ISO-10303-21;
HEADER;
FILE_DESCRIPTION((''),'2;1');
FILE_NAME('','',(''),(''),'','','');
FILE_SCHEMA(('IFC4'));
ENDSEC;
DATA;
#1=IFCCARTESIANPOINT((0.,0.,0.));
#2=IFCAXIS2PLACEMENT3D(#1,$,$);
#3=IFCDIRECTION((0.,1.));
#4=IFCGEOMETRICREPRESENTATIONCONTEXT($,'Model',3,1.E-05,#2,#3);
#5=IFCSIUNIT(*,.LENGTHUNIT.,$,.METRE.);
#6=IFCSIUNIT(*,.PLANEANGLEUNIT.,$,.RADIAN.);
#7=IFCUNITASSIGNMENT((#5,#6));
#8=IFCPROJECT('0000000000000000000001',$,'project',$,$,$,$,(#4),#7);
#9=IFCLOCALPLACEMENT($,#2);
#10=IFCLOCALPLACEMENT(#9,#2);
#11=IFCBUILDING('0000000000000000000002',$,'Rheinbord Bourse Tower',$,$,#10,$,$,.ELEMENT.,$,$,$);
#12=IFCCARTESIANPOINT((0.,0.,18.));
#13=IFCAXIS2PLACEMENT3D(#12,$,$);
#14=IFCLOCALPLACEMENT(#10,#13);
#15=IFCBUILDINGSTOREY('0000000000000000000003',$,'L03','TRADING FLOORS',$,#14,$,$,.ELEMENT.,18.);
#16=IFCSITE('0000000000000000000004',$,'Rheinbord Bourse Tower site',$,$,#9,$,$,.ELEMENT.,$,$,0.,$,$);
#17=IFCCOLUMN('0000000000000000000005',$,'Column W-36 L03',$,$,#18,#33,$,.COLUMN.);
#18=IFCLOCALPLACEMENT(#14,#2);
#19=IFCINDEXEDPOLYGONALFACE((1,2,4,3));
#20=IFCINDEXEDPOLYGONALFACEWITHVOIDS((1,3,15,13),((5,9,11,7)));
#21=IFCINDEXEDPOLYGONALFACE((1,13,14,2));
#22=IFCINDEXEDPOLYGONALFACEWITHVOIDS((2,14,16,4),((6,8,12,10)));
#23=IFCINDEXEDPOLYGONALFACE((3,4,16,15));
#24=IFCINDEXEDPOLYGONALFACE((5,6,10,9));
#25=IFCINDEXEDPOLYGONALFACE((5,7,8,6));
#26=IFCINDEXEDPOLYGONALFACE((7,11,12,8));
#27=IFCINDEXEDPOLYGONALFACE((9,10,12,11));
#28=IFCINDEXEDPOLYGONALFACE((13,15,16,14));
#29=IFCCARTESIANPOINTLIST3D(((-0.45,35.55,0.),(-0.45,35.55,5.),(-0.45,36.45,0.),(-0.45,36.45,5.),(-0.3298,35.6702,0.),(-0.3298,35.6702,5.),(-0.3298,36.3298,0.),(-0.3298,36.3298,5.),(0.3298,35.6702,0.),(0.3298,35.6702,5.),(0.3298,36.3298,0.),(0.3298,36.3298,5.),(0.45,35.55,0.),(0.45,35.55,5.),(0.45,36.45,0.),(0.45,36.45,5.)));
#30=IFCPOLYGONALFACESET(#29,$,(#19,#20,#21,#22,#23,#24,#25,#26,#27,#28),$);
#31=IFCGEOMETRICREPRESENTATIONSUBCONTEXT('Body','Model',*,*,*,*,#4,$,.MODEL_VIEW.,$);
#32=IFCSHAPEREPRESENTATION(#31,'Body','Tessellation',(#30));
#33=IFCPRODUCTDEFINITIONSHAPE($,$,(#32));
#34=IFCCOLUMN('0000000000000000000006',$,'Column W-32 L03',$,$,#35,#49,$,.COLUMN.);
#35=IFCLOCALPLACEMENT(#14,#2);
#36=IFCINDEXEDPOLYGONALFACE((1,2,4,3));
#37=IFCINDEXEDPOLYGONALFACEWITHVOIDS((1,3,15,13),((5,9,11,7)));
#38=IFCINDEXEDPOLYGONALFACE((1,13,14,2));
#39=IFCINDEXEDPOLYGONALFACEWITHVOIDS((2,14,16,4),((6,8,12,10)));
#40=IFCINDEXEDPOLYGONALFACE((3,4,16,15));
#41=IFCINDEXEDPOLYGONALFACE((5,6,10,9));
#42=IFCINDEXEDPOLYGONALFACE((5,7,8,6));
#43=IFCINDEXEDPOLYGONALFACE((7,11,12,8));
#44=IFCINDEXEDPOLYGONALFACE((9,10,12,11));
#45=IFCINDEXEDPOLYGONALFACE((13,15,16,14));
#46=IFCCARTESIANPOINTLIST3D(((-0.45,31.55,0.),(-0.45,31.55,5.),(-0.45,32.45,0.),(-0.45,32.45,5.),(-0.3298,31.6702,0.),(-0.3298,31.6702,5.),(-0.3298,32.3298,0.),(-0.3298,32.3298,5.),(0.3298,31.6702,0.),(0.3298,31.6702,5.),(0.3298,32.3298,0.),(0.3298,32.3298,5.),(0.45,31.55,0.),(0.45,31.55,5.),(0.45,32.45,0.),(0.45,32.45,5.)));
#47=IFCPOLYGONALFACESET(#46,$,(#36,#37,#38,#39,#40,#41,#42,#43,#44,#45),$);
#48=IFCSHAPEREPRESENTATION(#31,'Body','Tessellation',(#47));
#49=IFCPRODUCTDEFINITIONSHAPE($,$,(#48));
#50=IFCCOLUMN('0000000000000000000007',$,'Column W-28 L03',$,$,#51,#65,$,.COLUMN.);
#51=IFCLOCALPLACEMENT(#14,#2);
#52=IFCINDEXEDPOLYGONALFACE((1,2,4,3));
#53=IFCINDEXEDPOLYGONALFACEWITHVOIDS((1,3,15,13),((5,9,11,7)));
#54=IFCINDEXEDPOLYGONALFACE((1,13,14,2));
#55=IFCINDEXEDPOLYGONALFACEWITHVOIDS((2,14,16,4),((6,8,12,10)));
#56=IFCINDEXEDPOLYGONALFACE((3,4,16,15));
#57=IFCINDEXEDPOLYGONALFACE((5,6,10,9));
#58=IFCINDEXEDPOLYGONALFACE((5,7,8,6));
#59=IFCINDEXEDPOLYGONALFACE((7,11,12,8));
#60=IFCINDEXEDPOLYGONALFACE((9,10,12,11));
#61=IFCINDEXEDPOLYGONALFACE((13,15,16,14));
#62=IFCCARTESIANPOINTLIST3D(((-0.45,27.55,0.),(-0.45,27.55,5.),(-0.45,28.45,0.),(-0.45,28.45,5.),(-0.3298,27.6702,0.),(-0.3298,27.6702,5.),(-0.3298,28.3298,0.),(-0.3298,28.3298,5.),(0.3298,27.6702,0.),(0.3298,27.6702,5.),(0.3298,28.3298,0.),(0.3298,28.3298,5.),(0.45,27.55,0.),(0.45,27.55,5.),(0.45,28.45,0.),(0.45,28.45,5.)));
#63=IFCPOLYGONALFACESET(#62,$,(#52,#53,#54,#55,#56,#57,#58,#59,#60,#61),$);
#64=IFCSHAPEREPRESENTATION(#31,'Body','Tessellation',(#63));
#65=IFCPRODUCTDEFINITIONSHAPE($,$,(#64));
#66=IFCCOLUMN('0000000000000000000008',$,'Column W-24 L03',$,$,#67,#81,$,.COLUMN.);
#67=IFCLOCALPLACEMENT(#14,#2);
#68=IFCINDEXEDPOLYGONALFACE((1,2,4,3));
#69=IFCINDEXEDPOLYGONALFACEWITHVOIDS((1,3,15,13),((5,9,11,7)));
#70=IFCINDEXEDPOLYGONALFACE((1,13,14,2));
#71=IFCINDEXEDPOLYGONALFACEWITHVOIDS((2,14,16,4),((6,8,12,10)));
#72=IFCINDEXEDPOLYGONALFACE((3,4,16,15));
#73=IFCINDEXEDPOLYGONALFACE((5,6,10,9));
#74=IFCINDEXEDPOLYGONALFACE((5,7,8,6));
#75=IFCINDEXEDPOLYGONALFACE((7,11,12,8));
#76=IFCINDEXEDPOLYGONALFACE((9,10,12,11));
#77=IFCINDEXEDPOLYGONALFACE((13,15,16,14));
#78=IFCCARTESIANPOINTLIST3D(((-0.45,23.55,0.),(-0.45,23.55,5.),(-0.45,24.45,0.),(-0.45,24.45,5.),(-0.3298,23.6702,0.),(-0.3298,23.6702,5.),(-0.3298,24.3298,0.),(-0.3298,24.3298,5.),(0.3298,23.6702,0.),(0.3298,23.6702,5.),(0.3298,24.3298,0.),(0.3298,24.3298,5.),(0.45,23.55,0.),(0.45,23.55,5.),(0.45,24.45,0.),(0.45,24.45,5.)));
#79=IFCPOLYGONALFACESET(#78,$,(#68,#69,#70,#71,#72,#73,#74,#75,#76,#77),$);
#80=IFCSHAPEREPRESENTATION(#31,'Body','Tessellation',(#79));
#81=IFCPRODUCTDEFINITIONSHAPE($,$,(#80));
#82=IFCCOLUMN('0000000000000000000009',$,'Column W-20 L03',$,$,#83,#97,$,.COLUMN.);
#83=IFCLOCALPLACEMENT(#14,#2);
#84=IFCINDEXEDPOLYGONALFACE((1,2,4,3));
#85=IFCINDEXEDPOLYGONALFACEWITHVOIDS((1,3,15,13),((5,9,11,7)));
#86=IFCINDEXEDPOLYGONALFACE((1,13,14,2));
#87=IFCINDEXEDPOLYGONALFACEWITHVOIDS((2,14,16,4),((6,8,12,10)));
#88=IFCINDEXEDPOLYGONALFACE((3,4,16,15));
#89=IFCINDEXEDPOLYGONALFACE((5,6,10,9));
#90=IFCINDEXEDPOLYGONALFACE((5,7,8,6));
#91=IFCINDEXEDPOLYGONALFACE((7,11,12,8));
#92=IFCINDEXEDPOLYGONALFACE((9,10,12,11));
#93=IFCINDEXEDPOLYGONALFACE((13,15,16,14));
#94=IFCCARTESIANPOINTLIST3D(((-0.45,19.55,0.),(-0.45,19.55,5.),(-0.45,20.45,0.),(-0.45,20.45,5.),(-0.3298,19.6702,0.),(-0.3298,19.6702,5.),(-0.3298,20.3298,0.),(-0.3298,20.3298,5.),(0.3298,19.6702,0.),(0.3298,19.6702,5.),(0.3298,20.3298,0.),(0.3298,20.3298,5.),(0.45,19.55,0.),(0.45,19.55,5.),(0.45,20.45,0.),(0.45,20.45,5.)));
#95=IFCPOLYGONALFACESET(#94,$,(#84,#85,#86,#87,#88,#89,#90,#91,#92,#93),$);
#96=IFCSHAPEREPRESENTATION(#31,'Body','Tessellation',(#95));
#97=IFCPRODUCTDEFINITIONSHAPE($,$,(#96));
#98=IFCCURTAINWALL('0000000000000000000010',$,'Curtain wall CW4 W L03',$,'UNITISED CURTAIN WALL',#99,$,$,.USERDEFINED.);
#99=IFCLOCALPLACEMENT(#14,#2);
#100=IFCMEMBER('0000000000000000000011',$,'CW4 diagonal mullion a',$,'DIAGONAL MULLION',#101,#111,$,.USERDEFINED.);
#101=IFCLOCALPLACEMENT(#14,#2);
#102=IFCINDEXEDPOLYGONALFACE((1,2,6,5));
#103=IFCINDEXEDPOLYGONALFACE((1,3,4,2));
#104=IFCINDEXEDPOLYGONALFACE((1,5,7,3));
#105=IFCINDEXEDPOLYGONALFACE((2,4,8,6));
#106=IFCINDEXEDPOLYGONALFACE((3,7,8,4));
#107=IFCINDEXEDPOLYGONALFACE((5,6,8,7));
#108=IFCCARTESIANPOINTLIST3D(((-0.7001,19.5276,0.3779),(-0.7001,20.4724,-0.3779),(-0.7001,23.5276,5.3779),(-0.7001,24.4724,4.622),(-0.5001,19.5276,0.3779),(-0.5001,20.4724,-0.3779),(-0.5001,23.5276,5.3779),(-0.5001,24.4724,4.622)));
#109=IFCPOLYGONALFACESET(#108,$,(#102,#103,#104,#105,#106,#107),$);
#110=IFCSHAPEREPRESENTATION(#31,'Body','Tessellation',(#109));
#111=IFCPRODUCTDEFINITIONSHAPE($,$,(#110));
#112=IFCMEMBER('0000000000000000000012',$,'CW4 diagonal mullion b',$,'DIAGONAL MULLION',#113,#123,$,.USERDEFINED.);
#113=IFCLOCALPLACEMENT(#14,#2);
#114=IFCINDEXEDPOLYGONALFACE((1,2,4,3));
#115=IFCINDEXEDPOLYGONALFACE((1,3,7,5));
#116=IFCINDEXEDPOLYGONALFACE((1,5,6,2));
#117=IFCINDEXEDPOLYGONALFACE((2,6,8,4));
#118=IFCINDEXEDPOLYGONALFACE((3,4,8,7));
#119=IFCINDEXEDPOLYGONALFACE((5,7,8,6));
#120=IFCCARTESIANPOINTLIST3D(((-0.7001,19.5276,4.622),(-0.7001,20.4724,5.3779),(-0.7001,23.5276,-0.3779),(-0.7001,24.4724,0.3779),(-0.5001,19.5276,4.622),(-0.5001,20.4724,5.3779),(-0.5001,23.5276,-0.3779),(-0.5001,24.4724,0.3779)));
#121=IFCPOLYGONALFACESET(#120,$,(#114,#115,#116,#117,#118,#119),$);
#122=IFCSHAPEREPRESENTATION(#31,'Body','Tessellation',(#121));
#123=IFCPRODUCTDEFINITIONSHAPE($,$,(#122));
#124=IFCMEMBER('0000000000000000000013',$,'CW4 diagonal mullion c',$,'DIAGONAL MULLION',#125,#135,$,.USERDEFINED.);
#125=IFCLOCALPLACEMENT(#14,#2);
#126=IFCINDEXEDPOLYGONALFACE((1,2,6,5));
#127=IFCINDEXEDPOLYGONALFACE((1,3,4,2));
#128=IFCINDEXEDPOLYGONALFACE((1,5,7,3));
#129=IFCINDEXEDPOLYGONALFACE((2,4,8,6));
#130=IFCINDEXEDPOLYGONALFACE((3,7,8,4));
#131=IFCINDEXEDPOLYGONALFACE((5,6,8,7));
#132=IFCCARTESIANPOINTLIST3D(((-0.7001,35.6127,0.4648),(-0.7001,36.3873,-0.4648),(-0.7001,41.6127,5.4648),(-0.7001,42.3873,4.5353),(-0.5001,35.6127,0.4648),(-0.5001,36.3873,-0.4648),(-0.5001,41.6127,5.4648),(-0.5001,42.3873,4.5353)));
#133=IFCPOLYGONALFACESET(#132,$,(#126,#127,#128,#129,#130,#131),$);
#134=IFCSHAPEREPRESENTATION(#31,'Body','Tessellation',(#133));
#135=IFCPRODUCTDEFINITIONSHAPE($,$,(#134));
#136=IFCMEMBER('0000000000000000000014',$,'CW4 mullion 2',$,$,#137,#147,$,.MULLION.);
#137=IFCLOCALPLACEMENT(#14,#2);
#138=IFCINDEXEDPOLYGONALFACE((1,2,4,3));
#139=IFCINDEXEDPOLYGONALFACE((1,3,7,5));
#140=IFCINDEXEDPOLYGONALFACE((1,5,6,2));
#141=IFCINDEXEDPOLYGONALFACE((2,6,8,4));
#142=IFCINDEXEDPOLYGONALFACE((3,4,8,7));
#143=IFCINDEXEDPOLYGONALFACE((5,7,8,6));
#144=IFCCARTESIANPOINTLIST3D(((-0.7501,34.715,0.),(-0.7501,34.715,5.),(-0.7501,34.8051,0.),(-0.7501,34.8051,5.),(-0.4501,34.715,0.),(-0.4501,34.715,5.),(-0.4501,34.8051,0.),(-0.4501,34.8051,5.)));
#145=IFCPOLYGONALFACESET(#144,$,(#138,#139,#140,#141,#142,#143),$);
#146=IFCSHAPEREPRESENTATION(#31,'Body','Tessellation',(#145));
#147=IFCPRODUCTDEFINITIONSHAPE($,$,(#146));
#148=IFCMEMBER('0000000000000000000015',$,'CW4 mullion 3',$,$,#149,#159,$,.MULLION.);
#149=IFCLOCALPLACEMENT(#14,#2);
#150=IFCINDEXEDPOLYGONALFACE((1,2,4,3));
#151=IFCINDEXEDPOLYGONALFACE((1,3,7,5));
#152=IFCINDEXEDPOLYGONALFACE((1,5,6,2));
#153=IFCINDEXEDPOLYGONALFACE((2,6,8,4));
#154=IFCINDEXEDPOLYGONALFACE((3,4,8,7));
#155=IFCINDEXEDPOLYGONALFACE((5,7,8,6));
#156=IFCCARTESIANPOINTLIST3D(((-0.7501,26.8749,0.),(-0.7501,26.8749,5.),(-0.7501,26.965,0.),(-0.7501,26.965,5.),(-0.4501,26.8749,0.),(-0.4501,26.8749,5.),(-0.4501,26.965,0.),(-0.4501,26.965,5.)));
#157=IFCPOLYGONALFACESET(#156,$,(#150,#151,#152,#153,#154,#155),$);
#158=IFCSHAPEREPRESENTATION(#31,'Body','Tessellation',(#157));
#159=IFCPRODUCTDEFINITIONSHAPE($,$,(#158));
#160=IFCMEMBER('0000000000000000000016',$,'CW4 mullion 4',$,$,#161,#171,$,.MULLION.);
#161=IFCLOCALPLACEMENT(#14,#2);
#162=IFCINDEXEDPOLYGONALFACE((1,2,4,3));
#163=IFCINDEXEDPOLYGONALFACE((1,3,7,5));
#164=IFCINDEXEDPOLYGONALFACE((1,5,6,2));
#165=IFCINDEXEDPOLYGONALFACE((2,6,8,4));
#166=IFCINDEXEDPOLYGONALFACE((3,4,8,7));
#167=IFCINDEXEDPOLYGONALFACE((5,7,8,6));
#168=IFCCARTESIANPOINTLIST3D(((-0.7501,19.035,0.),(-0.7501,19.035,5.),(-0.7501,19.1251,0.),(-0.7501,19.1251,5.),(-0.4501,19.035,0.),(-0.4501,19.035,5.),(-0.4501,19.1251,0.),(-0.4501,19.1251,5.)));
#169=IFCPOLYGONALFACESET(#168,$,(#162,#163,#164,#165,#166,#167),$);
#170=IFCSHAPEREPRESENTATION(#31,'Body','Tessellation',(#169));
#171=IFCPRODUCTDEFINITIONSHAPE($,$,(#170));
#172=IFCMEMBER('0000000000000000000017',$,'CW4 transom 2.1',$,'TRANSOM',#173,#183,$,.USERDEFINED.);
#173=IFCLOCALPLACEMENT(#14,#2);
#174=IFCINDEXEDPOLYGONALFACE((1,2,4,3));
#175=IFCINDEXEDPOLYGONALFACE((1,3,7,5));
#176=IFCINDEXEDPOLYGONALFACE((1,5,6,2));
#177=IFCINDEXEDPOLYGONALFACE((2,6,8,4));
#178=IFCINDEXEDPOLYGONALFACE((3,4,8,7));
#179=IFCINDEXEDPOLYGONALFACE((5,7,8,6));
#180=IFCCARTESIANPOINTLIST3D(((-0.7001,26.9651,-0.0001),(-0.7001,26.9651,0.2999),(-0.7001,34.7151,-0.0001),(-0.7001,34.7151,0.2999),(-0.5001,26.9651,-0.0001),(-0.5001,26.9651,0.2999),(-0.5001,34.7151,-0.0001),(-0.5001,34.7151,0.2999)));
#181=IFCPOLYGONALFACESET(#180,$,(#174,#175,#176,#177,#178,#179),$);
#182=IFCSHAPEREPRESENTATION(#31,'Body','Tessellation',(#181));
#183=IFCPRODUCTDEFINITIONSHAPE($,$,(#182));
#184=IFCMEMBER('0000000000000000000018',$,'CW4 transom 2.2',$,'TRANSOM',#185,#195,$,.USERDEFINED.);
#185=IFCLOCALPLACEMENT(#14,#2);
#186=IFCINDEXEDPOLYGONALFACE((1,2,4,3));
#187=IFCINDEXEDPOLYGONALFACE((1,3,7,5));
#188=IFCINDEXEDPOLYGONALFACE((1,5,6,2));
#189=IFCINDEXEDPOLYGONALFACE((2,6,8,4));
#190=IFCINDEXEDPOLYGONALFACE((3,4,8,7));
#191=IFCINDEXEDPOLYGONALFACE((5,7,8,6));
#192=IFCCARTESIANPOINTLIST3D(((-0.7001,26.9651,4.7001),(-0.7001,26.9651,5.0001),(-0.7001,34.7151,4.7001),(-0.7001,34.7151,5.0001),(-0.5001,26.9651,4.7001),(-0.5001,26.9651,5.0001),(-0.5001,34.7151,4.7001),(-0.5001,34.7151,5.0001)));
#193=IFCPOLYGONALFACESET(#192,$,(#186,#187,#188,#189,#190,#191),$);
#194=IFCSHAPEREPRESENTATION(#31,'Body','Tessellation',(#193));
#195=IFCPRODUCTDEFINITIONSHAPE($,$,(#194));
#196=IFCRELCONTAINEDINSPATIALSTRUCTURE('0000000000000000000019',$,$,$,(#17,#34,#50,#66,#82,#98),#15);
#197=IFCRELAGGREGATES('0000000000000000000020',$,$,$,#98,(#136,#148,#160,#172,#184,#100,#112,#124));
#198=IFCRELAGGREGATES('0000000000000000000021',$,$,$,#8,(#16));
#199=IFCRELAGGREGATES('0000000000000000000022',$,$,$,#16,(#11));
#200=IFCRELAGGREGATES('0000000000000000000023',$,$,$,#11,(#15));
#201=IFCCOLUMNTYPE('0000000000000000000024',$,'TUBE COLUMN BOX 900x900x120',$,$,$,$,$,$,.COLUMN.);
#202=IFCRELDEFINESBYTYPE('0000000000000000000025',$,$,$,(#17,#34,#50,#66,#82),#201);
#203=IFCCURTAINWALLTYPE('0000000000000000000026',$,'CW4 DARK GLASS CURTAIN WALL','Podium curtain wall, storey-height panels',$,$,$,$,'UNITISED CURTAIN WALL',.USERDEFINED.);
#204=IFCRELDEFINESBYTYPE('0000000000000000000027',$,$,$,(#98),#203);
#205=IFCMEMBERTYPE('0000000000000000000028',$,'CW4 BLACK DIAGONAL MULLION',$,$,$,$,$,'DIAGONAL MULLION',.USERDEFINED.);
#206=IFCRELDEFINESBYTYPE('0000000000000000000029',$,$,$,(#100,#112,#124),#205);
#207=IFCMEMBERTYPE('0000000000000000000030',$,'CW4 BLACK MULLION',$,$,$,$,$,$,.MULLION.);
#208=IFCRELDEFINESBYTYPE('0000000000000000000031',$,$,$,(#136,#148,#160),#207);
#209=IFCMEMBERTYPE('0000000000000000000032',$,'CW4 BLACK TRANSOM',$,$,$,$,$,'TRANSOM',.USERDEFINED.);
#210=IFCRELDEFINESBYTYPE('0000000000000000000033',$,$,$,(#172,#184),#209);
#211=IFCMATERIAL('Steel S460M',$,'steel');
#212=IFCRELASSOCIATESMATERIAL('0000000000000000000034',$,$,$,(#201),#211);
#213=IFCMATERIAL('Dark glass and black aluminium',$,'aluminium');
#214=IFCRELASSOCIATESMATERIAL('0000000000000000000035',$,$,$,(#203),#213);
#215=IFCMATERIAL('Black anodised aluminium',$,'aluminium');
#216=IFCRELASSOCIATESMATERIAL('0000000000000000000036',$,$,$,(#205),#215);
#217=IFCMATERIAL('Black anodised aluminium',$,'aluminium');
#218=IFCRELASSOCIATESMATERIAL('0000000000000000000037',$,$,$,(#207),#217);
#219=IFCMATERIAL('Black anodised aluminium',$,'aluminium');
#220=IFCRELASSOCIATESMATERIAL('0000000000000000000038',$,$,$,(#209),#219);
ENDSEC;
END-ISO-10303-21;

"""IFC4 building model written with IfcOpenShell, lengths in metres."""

from ifc_helpers import new_model, si_unit, direction, frame, origin, origin_2d, place, context, subcontext, project, spatial, rectangle, hollow_rectangle, extrude, material, material_profile, profile_set, type_object, element, aggregate, save


model = new_model("IFC4")

# Units and contexts
model_context = context("Model", 3, precision=1e-05, world=origin(), true_north=direction((0.0, 1.0)))
body_context = subcontext(model_context, "Body", "Model", "MODEL_VIEW")
ifc_project = project(units=[si_unit("LENGTHUNIT", "METRE"), si_unit("PLANEANGLEUNIT", "RADIAN")], contexts=[model_context])

# Site, building, storey
site_placement = place(None, origin())
site = spatial("IfcSite", under=ifc_project, at=site_placement, Name="Rheinbord Bourse Tower site", CompositionType="ELEMENT", RefElevation=0.0)
building_placement = place(site_placement, origin())
building = spatial("IfcBuilding", under=site, at=building_placement, Name="Rheinbord Bourse Tower", CompositionType="ELEMENT")
storey_placement = place(building_placement, frame((0.0, 0.0, 18.0)))
storey = spatial("IfcBuildingStorey", under=building, at=storey_placement, Name="L03", Description="TRADING FLOORS", CompositionType="ELEMENT", Elevation=18.0)

# Columns
ifc_material_1 = material(Name="Steel S460M", Category="steel")
ifc_material_profile_1 = material_profile(ifc_material_1, hollow_rectangle(XDim=0.8999, YDim=0.8999, WallThickness=0.1201, at=origin_2d()), Name="BOX 900x900x120")
ifc_profile_set_1 = profile_set([ifc_material_profile_1], Name="Steel S460M")
column_type = type_object("IfcColumnType", Name="TUBE COLUMN BOX 900x900x120", PredefinedType="COLUMN", material=ifc_profile_set_1)
for number, where, z_axis, x_axis, name in (
    (1, (0.0, 36.0, 0.0), (0.0, 0.0, 1.0), (1.0, 0.0, 0.0), "Column W-36 L03"),
    (2, (0.0, 32.0, 0.0), (0.0, 0.0, 1.0), (1.0, 0.0, 0.0), "Column W-32 L03"),
    (3, (0.0, 28.0, 0.0), (0.0, 0.0, 1.0), (1.0, 0.0, 0.0), "Column W-28 L03"),
    (4, (0.0, 24.0, 0.0), (0.0, 0.0, 1.0), (1.0, 0.0, 0.0), "Column W-24 L03"),
    (5, (0.0, 20.0, 0.0), (0.0, 0.0, 1.0), (1.0, 0.0, 0.0), "Column W-20 L03"),
):
    element("IfcColumn", number, at=place(storey_placement, frame(where, z_axis=z_axis, x_axis=x_axis)), inside=storey, type_object=column_type, Name=name, PredefinedType="COLUMN", context=body_context, shape_type="SweptSolid", body=[
        extrude(hollow_rectangle(XDim=0.8999, YDim=0.8999, WallThickness=0.1201, at=origin_2d()), origin(), (0.0, 0.0, 1.0), 5.0),
    ])

# Curtain wall, members
ifc_material_2 = material(Name="Dark glass and black aluminium", Category="aluminium")
curtain_wall_type = type_object("IfcCurtainWallType", Name="CW4 DARK GLASS CURTAIN WALL", Description="Podium curtain wall, storey-height panels", ElementType="UNITISED CURTAIN WALL", PredefinedType="USERDEFINED", material=ifc_material_2)
curtain_wall_placement = place(storey_placement, origin())
curtain_wall = element("IfcCurtainWall", 6, at=curtain_wall_placement, inside=storey, type_object=curtain_wall_type, Name="Curtain wall CW4 W L03", ObjectType="UNITISED CURTAIN WALL", PredefinedType="USERDEFINED")
ifc_material_3 = material(Name="Black anodised aluminium", Category="aluminium")
ifc_material_profile_2 = material_profile(ifc_material_3, rectangle(XDim=0.2, YDim=1.21, at=origin_2d()), Name="CW4 DIAGONAL MULLION 1210x200")
ifc_profile_set_2 = profile_set([ifc_material_profile_2], Name="Black anodised aluminium")
member_type_1 = type_object("IfcMemberType", Name="CW4 BLACK DIAGONAL MULLION", ElementType="DIAGONAL MULLION", PredefinedType="USERDEFINED", material=ifc_profile_set_2)
member_1_placement = place(storey_placement, frame((-0.6001, 20.0, 0.0), z_axis=(0.0, 0.624695, 0.780869), x_axis=(-1.0, 0.0, 0.0)))
member_1 = element("IfcMember", 7, at=member_1_placement, type_object=member_type_1, Name="CW4 diagonal mullion a", ObjectType="DIAGONAL MULLION", PredefinedType="USERDEFINED", context=body_context, shape_type="SweptSolid", body=[
    extrude(rectangle(XDim=0.2, YDim=1.21, at=origin_2d()), origin(), (0.0, 0.0, 1.0), 6.4031),
])
member_2_placement = place(storey_placement, frame((-0.6001, 24.0, 0.0), z_axis=(0.0, -0.624695, 0.780869), x_axis=(1.0, 0.0, 0.0)))
member_2 = element("IfcMember", 8, at=member_2_placement, type_object=member_type_1, Name="CW4 diagonal mullion b", ObjectType="DIAGONAL MULLION", PredefinedType="USERDEFINED", context=body_context, shape_type="SweptSolid", body=[
    extrude(rectangle(XDim=0.2, YDim=1.21, at=origin_2d()), origin(), (0.0, 0.0, 1.0), 6.4031),
])
member_3_placement = place(storey_placement, frame((-0.6001, 36.0, 0.0), z_axis=(0.0, 0.768221, 0.640184), x_axis=(-1.0, 0.0, 0.0)))
member_3 = element("IfcMember", 9, at=member_3_placement, type_object=member_type_1, Name="CW4 diagonal mullion c", ObjectType="DIAGONAL MULLION", PredefinedType="USERDEFINED", context=body_context, shape_type="SweptSolid", body=[
    extrude(rectangle(XDim=0.2, YDim=1.21, at=origin_2d()), origin(), (0.0, 0.0, 1.0), 7.8103),
])
ifc_material_4 = material(Name="Black anodised aluminium", Category="aluminium")
ifc_material_profile_3 = material_profile(ifc_material_4, rectangle(XDim=0.3, YDim=0.0901, at=origin_2d()), Name="CW4 MULLION 90x300")
ifc_profile_set_3 = profile_set([ifc_material_profile_3], Name="Black anodised aluminium")
member_type_2 = type_object("IfcMemberType", Name="CW4 BLACK MULLION", PredefinedType="MULLION", material=ifc_profile_set_3)
member_4_placement = place(storey_placement, frame((-0.6001, 34.76, 0.0), z_axis=(0.0, 0.0, 1.0), x_axis=(1.0, 0.0, 0.0)))
member_4 = element("IfcMember", 10, at=member_4_placement, type_object=member_type_2, Name="CW4 mullion 2", PredefinedType="MULLION", context=body_context, shape_type="SweptSolid", body=[
    extrude(rectangle(XDim=0.3, YDim=0.0901, at=origin_2d()), origin(), (0.0, 0.0, 1.0), 5.0),
])
member_5_placement = place(storey_placement, frame((-0.6001, 26.9199, 0.0), z_axis=(0.0, 0.0, 1.0), x_axis=(1.0, 0.0, 0.0)))
member_5 = element("IfcMember", 11, at=member_5_placement, type_object=member_type_2, Name="CW4 mullion 3", PredefinedType="MULLION", context=body_context, shape_type="SweptSolid", body=[
    extrude(rectangle(XDim=0.3, YDim=0.0901, at=origin_2d()), origin(), (0.0, 0.0, 1.0), 5.0),
])
member_6_placement = place(storey_placement, frame((-0.6001, 19.0801, 0.0), z_axis=(0.0, 0.0, 1.0), x_axis=(1.0, 0.0, 0.0)))
member_6 = element("IfcMember", 12, at=member_6_placement, type_object=member_type_2, Name="CW4 mullion 4", PredefinedType="MULLION", context=body_context, shape_type="SweptSolid", body=[
    extrude(rectangle(XDim=0.3, YDim=0.0901, at=origin_2d()), origin(), (0.0, 0.0, 1.0), 5.0),
])
ifc_material_5 = material(Name="Black anodised aluminium", Category="aluminium")
ifc_material_profile_4 = material_profile(ifc_material_5, rectangle(XDim=0.2, YDim=0.3, at=origin_2d()), Name="CW4 TRANSOM 300x200")
ifc_profile_set_4 = profile_set([ifc_material_profile_4], Name="Black anodised aluminium")
member_type_3 = type_object("IfcMemberType", Name="CW4 BLACK TRANSOM", ElementType="TRANSOM", PredefinedType="USERDEFINED", material=ifc_profile_set_4)
member_7_placement = place(storey_placement, frame((-0.6001, 34.7151, 0.1499), z_axis=(0.0, -1.0, 0.0), x_axis=(1.0, 0.0, 0.0)))
member_7 = element("IfcMember", 13, at=member_7_placement, type_object=member_type_3, Name="CW4 transom 2.1", ObjectType="TRANSOM", PredefinedType="USERDEFINED", context=body_context, shape_type="SweptSolid", body=[
    extrude(rectangle(XDim=0.2, YDim=0.3, at=origin_2d()), origin(), (0.0, 0.0, 1.0), 7.75),
])
member_8_placement = place(storey_placement, frame((-0.6001, 34.7151, 4.8501), z_axis=(0.0, -1.0, 0.0), x_axis=(1.0, 0.0, 0.0)))
member_8 = element("IfcMember", 14, at=member_8_placement, type_object=member_type_3, Name="CW4 transom 2.2", ObjectType="TRANSOM", PredefinedType="USERDEFINED", context=body_context, shape_type="SweptSolid", body=[
    extrude(rectangle(XDim=0.2, YDim=0.3, at=origin_2d()), origin(), (0.0, 0.0, 1.0), 7.75),
])

aggregate(curtain_wall, [member_4, member_5, member_6, member_7, member_8, member_1, member_2, member_3])

save(model, "model.ifc")
